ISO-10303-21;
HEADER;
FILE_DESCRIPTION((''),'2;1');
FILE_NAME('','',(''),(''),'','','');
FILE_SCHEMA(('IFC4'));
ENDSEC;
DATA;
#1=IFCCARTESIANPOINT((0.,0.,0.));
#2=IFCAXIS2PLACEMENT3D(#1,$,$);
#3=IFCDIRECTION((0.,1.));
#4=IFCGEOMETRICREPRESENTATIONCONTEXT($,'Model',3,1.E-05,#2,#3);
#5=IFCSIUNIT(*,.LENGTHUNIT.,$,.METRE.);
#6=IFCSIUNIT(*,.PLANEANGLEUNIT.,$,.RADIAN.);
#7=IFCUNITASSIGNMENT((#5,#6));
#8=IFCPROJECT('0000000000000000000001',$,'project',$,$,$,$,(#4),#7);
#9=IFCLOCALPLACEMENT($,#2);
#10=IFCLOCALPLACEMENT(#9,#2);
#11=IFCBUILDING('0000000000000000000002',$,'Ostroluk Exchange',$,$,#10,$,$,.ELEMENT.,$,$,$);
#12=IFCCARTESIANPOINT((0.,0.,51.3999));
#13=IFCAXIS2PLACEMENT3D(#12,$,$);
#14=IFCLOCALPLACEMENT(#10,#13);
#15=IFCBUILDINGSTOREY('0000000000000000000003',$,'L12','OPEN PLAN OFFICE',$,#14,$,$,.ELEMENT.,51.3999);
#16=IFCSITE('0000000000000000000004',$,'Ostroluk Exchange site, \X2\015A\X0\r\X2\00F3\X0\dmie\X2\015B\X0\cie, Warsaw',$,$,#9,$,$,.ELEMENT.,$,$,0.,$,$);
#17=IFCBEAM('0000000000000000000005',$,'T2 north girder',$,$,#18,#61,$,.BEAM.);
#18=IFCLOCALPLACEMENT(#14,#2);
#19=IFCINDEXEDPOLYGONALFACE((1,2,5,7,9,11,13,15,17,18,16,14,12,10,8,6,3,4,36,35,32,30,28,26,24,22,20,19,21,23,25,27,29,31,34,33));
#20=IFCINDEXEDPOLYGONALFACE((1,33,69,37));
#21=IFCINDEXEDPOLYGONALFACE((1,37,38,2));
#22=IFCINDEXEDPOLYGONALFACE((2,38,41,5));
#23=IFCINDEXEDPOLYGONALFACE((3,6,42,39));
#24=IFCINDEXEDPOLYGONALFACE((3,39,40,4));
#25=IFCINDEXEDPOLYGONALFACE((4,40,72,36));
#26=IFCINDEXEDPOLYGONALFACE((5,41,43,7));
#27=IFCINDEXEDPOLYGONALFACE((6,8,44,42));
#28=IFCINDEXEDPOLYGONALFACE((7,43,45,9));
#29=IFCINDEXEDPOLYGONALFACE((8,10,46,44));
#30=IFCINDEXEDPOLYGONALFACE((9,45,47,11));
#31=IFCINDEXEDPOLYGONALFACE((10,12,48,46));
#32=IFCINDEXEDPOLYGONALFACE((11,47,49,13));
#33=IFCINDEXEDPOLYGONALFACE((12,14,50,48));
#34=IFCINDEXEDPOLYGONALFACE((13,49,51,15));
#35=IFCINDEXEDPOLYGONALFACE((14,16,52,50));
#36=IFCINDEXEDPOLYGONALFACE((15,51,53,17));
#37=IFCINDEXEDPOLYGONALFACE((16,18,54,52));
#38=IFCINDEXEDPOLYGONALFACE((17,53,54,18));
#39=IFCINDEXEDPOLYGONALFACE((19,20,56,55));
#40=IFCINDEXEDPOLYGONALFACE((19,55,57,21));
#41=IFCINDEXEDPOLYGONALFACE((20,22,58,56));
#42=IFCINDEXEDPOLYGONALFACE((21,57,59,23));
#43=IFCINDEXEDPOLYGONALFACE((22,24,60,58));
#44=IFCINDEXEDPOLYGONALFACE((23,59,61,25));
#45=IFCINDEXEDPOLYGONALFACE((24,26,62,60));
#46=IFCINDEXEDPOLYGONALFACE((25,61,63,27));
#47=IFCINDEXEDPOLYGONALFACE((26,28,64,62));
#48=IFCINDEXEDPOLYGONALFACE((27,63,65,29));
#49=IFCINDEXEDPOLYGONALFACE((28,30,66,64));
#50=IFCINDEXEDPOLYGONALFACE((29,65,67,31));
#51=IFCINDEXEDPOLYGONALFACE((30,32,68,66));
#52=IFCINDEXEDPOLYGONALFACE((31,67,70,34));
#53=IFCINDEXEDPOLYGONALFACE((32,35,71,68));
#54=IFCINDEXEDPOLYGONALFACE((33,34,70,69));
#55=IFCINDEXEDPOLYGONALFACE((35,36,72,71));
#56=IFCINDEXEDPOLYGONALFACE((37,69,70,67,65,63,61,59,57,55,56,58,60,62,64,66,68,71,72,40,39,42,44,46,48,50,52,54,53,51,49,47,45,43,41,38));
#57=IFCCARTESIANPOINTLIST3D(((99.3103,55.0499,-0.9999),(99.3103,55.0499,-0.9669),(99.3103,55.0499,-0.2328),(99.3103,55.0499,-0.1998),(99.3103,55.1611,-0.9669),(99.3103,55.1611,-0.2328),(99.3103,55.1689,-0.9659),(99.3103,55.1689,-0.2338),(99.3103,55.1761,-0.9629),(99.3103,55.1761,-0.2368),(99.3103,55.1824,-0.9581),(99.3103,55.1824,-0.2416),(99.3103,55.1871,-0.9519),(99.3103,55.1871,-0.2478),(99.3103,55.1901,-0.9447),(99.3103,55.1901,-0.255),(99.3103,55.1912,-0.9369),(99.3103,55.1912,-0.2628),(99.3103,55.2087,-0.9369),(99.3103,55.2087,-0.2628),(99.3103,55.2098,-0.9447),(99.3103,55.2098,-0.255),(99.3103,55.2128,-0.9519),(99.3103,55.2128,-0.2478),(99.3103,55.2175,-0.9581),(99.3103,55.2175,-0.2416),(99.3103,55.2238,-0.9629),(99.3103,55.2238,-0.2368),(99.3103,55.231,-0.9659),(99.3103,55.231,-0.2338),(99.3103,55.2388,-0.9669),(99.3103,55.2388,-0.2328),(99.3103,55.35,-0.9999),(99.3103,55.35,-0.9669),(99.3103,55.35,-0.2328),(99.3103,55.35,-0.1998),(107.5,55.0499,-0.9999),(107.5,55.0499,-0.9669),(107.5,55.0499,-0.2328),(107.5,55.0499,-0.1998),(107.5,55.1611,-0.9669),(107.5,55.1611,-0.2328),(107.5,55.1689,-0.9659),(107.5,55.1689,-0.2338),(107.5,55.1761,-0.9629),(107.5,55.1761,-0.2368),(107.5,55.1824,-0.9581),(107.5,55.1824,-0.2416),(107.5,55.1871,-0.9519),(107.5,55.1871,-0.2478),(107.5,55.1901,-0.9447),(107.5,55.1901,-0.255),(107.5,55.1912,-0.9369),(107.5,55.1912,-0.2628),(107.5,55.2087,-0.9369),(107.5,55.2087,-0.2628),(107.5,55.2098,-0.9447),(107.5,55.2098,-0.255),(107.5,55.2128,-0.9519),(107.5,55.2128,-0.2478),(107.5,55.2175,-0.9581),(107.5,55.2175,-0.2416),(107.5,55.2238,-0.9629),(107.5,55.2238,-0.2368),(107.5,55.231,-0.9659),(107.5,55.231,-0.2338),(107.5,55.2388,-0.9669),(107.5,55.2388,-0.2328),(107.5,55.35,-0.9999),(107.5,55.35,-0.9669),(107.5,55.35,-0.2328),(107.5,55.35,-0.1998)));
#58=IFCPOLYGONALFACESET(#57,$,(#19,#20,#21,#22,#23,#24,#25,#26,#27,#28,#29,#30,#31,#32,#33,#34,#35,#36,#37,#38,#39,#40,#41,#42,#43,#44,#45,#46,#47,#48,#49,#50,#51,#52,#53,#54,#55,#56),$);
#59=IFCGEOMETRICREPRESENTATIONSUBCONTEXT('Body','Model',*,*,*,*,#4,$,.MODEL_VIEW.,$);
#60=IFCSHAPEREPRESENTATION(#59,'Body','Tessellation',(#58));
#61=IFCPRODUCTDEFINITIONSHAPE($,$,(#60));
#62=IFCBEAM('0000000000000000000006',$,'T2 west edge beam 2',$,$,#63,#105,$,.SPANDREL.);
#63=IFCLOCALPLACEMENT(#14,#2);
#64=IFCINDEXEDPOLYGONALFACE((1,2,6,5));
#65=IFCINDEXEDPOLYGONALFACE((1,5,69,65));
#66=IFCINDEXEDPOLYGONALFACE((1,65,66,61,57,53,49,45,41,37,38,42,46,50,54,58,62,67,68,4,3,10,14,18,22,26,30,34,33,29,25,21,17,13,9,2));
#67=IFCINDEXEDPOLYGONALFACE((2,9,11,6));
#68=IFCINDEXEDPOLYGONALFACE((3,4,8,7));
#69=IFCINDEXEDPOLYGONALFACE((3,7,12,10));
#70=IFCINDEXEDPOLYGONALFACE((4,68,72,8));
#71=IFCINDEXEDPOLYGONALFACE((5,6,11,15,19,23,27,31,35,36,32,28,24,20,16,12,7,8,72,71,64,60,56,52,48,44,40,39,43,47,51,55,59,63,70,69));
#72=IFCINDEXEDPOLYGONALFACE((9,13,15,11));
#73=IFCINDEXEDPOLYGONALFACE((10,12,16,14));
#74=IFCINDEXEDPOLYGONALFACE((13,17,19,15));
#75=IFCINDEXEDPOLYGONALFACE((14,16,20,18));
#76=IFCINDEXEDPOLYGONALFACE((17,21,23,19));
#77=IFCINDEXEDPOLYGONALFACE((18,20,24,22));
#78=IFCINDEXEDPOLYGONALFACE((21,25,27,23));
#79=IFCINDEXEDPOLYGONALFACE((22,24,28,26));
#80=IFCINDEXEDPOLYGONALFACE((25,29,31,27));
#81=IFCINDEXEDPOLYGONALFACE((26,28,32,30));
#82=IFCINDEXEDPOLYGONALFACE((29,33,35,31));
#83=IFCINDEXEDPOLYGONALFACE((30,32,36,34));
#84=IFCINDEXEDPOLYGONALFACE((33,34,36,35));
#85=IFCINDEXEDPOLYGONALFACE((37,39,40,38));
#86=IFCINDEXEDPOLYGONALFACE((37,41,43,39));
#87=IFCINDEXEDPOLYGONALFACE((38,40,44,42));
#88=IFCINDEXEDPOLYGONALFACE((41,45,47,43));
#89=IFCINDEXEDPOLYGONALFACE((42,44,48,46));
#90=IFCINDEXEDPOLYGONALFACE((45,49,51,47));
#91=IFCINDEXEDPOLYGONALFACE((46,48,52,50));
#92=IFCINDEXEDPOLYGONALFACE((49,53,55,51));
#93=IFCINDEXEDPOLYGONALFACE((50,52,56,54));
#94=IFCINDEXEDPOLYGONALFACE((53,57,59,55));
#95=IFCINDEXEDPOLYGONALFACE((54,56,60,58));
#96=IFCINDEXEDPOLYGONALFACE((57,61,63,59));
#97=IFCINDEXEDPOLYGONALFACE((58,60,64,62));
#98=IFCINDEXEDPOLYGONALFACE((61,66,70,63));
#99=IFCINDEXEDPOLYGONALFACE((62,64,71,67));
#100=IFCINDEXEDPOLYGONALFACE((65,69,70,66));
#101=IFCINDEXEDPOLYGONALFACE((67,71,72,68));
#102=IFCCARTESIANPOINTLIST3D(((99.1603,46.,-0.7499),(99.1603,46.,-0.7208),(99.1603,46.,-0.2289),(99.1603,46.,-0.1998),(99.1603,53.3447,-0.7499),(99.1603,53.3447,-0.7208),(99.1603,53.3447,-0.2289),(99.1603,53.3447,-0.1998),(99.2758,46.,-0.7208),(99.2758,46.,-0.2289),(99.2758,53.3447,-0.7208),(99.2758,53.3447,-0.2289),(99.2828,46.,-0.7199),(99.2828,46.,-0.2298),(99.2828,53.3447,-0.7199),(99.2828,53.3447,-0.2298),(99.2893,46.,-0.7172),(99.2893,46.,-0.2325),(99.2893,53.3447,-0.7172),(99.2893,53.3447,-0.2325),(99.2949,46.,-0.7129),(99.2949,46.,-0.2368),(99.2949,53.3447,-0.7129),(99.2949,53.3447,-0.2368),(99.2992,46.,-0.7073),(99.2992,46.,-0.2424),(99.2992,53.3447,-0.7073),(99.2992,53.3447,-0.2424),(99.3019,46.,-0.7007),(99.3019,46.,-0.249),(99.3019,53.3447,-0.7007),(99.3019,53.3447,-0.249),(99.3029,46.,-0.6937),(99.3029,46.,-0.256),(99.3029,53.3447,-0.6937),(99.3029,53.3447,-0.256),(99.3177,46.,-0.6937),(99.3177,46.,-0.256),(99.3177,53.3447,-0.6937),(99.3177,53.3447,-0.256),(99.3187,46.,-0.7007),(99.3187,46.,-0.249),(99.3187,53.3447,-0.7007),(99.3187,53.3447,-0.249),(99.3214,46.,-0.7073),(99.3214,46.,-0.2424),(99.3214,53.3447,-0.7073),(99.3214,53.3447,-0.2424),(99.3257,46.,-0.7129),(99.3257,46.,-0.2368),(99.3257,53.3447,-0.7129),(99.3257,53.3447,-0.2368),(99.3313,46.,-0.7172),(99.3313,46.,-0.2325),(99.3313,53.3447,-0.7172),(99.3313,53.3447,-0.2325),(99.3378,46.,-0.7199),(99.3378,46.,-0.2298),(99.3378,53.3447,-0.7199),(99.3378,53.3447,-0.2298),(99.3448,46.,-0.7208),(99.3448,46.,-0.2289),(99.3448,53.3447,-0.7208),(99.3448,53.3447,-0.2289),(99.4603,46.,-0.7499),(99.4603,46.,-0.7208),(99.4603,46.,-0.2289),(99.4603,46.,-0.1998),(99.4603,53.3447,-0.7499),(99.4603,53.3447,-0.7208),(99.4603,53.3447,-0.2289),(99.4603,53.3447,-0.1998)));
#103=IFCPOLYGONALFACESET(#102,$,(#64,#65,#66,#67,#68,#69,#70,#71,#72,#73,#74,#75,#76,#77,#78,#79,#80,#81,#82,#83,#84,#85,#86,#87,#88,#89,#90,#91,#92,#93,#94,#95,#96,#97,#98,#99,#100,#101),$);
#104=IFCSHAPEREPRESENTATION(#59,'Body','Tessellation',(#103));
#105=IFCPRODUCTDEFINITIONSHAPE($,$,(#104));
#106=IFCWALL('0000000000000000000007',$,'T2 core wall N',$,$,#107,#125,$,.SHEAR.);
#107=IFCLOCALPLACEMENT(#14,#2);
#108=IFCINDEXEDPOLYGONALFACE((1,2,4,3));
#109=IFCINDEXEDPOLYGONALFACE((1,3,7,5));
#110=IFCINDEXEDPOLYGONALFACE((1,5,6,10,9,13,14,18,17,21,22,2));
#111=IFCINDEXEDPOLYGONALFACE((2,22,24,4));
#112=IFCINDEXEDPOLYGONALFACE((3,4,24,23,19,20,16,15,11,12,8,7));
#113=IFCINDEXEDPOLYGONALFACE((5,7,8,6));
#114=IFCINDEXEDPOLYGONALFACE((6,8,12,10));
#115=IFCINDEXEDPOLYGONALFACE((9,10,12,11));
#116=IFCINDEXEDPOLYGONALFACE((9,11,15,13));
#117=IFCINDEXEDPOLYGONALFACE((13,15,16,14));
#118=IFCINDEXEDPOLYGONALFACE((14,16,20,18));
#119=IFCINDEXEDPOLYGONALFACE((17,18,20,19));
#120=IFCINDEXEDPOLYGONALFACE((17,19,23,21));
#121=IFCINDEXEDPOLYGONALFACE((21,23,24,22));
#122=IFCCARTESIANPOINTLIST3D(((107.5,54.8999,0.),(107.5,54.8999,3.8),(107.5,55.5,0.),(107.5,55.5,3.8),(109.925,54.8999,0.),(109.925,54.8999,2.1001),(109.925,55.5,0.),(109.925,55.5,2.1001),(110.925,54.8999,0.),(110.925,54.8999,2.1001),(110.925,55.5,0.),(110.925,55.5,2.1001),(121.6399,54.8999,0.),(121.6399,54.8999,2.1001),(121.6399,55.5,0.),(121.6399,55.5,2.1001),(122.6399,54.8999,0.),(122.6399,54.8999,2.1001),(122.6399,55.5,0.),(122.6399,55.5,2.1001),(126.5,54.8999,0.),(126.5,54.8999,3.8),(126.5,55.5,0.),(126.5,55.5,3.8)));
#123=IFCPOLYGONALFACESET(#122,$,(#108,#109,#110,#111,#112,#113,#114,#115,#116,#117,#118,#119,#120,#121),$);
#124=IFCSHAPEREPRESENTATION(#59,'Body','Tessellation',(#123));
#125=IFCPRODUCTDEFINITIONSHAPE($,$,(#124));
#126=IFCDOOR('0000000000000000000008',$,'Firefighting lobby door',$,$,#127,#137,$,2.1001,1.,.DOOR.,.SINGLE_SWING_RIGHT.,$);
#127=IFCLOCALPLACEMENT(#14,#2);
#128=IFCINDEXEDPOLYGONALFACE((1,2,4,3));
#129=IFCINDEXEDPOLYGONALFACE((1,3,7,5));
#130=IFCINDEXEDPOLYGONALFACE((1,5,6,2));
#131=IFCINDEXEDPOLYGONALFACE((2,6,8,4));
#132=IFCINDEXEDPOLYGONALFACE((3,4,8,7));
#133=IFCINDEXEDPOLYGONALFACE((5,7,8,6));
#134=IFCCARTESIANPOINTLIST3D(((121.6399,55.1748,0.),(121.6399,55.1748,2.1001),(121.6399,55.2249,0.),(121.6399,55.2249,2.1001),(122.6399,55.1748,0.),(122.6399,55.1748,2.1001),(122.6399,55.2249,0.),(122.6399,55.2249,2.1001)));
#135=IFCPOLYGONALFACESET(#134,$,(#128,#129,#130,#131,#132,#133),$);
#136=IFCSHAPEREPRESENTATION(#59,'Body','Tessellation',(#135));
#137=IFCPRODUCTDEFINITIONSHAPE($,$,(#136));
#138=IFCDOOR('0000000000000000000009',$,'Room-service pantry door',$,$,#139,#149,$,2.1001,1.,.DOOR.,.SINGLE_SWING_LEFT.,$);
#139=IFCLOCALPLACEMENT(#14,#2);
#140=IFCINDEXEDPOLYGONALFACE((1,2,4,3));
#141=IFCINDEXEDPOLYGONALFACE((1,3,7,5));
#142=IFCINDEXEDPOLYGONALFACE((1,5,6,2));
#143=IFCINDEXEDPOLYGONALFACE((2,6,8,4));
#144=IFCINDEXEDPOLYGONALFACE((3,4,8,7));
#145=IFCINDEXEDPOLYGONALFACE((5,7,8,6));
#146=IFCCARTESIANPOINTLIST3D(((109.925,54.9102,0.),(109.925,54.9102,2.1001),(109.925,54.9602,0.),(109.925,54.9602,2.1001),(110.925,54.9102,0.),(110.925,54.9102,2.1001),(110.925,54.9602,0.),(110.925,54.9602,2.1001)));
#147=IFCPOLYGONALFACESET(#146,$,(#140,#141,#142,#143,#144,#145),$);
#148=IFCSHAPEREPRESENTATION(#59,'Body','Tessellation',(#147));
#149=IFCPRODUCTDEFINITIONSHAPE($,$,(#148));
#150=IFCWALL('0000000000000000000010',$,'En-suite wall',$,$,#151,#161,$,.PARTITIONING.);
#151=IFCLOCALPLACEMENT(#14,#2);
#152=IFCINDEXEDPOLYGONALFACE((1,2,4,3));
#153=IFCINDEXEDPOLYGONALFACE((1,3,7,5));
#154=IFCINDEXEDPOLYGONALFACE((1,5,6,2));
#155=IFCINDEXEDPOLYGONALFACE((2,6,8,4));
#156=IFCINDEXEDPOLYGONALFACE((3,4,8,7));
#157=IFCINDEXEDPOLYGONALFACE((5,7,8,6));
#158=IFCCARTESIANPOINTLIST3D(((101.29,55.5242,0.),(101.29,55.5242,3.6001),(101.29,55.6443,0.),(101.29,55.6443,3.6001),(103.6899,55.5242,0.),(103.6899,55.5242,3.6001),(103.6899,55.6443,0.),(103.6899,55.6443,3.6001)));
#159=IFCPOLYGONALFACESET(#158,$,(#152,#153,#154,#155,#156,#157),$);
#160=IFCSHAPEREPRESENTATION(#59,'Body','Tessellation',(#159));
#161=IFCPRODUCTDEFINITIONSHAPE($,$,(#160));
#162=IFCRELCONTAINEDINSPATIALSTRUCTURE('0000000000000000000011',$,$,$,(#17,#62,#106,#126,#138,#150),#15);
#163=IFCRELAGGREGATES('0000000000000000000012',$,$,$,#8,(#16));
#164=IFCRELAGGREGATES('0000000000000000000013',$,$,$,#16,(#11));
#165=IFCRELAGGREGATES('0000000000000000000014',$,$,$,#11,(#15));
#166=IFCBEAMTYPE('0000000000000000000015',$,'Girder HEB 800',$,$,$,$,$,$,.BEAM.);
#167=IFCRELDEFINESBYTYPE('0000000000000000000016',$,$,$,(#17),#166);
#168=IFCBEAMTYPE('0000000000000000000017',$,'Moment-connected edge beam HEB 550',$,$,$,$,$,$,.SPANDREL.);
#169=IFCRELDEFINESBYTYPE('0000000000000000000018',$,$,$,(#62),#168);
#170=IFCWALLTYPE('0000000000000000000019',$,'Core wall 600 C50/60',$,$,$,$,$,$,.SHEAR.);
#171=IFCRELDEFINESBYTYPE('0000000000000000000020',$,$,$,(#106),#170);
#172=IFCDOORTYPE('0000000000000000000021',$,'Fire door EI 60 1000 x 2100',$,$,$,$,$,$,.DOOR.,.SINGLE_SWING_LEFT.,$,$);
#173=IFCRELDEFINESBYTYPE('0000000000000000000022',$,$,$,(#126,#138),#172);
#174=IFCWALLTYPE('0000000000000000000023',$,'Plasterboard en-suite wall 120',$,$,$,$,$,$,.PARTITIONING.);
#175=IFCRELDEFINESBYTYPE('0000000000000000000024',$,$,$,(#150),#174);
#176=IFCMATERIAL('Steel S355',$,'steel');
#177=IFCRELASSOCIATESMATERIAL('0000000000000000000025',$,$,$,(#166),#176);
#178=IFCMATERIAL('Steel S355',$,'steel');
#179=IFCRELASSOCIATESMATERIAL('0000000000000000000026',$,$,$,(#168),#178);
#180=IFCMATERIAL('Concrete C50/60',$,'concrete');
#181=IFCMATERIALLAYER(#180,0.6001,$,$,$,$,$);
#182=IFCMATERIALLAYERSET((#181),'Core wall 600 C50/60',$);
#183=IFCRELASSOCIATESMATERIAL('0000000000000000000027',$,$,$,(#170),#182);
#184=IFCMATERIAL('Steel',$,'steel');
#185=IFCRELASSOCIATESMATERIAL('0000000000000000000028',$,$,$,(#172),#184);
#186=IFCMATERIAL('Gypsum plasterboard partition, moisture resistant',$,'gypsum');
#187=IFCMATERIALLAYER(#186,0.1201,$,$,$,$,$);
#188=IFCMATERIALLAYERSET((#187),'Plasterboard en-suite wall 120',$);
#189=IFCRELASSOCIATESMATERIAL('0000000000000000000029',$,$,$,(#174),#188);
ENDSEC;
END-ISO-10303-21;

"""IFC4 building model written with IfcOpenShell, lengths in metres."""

from ifc_helpers import new_model, si_unit, direction, frame, frame_2d, origin, origin_2d, place, context, subcontext, project, spatial, rectangle, i_section, extrude, material, layer, layer_set, material_profile, profile_set, type_object, element, fill, save


model = new_model("IFC4")

# Units and contexts
model_context = context("Model", 3, precision=1e-05, world=origin(), true_north=direction((0.0, 1.0)))
body_context = subcontext(model_context, "Body", "Model", "MODEL_VIEW")
ifc_project = project(units=[si_unit("LENGTHUNIT", "METRE"), si_unit("PLANEANGLEUNIT", "RADIAN")], contexts=[model_context])

# Site, building, storey
site_placement = place(None, origin())
site = spatial("IfcSite", under=ifc_project, at=site_placement, Name="Ostroluk Exchange site, Śródmieście, Warsaw", CompositionType="ELEMENT", RefElevation=0.0)
building_placement = place(site_placement, origin())
building = spatial("IfcBuilding", under=site, at=building_placement, Name="Ostroluk Exchange", CompositionType="ELEMENT")
storey_placement = place(building_placement, frame((0.0, 0.0, 51.3999)))
storey = spatial("IfcBuildingStorey", under=building, at=storey_placement, Name="L12", Description="OPEN PLAN OFFICE", CompositionType="ELEMENT", Elevation=51.3999)

# Beams
ifc_material_1 = material(Name="Steel S355", Category="steel")
ifc_material_profile_1 = material_profile(ifc_material_1, i_section(OverallWidth=0.3, OverallDepth=0.8, WebThickness=0.0176, FlangeThickness=0.033, FilletRadius=0.03, at=origin_2d()), Name="HEB 800")
ifc_profile_set_1 = profile_set([ifc_material_profile_1], Name="Steel S355")
beam_type_1 = type_object("IfcBeamType", Name="Girder HEB 800", PredefinedType="BEAM", material=ifc_profile_set_1)
beam_1_placement = place(storey_placement, frame((107.5, 55.2, -0.5999), z_axis=(-1.0, 0.0, 0.0), x_axis=(0.0, -1.0, 0.0)))
element("IfcBeam", 1, at=beam_1_placement, inside=storey, type_object=beam_type_1, Name="T2 north girder", PredefinedType="BEAM", context=body_context, shape_type="SweptSolid", body=[
    extrude(i_section(OverallWidth=0.3, OverallDepth=0.8, WebThickness=0.0176, FlangeThickness=0.033, FilletRadius=0.03, at=origin_2d()), origin(), (0.0, 0.0, 1.0), 8.1897),
])
ifc_material_2 = material(Name="Steel S355", Category="steel")
ifc_material_profile_2 = material_profile(ifc_material_2, i_section(OverallWidth=0.3, OverallDepth=0.55, WebThickness=0.0149, FlangeThickness=0.0291, FilletRadius=0.0271, at=origin_2d()), Name="HEB 550")
ifc_profile_set_2 = profile_set([ifc_material_profile_2], Name="Steel S355")
beam_type_2 = type_object("IfcBeamType", Name="Moment-connected edge beam HEB 550", PredefinedType="SPANDREL", material=ifc_profile_set_2)
beam_2_placement = place(storey_placement, frame((99.3103, 53.3447, -0.4749), z_axis=(0.0, -1.0, 0.0), x_axis=(1.0, 0.0, 0.0)))
element("IfcBeam", 2, at=beam_2_placement, inside=storey, type_object=beam_type_2, Name="T2 west edge beam 2", PredefinedType="SPANDREL", context=body_context, shape_type="SweptSolid", body=[
    extrude(i_section(OverallWidth=0.3, OverallDepth=0.55, WebThickness=0.0149, FlangeThickness=0.0291, FilletRadius=0.0271, at=origin_2d()), origin(), (0.0, 0.0, 1.0), 7.3447),
])

# Wall, openings, doors
ifc_material_3 = material(Name="Concrete C50/60", Category="concrete")
ifc_layer_1 = layer(ifc_material_3, 0.6001)
ifc_layer_set_1 = layer_set([ifc_layer_1], Name="Core wall 600 C50/60")
wall_type_1 = type_object("IfcWallType", Name="Core wall 600 C50/60", PredefinedType="SHEAR", material=ifc_layer_set_1)
wall_1_placement = place(storey_placement, frame((107.5, 55.2, 0.0), z_axis=(0.0, 0.0, 1.0), x_axis=(1.0, 0.0, 0.0)))
wall_1 = element("IfcWall", 3, at=wall_1_placement, inside=storey, type_object=wall_type_1, Name="T2 core wall N", PredefinedType="SHEAR", context=body_context, shape_type="SweptSolid", body=[
    extrude(rectangle(XDim=19.0, YDim=0.6001, at=frame_2d((9.5, 0.0))), origin(), (0.0, 0.0, 1.0), 3.8),
])
opening_1_placement = place(wall_1_placement, frame((14.1399, 0.0, 0.0)))
opening_1 = element("IfcOpeningElement", 4, at=opening_1_placement, cuts=wall_1, PredefinedType="OPENING", context=body_context, shape_type="SweptSolid", body=[
    extrude(rectangle(XDim=1.0, YDim=2.1001, at=frame_2d((0.5, 1.05))), frame((0.0, 0.3101, 0.0), z_axis=(0.0, -1.0, 0.0), x_axis=(1.0, 0.0, 0.0)), (0.0, 0.0, 1.0), 0.6201),
])
opening_2_placement = place(wall_1_placement, frame((2.425, 0.0, 0.0)))
opening_2 = element("IfcOpeningElement", 5, at=opening_2_placement, cuts=wall_1, PredefinedType="OPENING", context=body_context, shape_type="SweptSolid", body=[
    extrude(rectangle(XDim=1.0, YDim=2.1001, at=frame_2d((0.5, 1.05))), frame((0.0, 0.3101, 0.0), z_axis=(0.0, -1.0, 0.0), x_axis=(1.0, 0.0, 0.0)), (0.0, 0.0, 1.0), 0.6201),
])
ifc_material_4 = material(Name="Steel", Category="steel")
door_type_1 = type_object("IfcDoorType", Name="Fire door EI 60 1000 x 2100", OperationType="SINGLE_SWING_LEFT", PredefinedType="DOOR", material=ifc_material_4)
door_1_placement = place(opening_1_placement, origin())
door_1 = element("IfcDoor", 6, at=door_1_placement, inside=storey, type_object=door_type_1, Name="Firefighting lobby door", OperationType="SINGLE_SWING_RIGHT", OverallHeight=2.1001, OverallWidth=1.0, PredefinedType="DOOR", context=body_context, shape_type="SweptSolid", body=[
    extrude(rectangle(XDim=1.0, YDim=2.1001, at=frame_2d((0.5, 1.05))), frame((0.0, 0.0249, 0.0), z_axis=(0.0, -1.0, 0.0), x_axis=(1.0, 0.0, 0.0)), (0.0, 0.0, 1.0), 0.05),
])
fill(opening_1, door_1)
door_2_placement = place(opening_2_placement, origin())
door_2 = element("IfcDoor", 7, at=door_2_placement, inside=storey, type_object=door_type_1, Name="Room-service pantry door", OperationType="SINGLE_SWING_LEFT", OverallHeight=2.1001, OverallWidth=1.0, PredefinedType="DOOR", context=body_context, shape_type="SweptSolid", body=[
    extrude(rectangle(XDim=1.0, YDim=2.1001, at=frame_2d((0.5, 1.05))), frame((0.0, -0.2397, 0.0), z_axis=(0.0, -1.0, 0.0), x_axis=(1.0, 0.0, 0.0)), (0.0, 0.0, 1.0), 0.05),
])
fill(opening_2, door_2)

# Wall
ifc_material_5 = material(Name="Gypsum plasterboard partition, moisture resistant", Category="gypsum")
ifc_layer_2 = layer(ifc_material_5, 0.1201)
ifc_layer_set_2 = layer_set([ifc_layer_2], Name="Plasterboard en-suite wall 120")
wall_type_2 = type_object("IfcWallType", Name="Plasterboard en-suite wall 120", PredefinedType="PARTITIONING", material=ifc_layer_set_2)
wall_2_placement = place(storey_placement, frame((103.6899, 55.5842, 0.0), z_axis=(0.0, 0.0, 1.0), x_axis=(-1.0, 0.0, 0.0)))
element("IfcWall", 8, at=wall_2_placement, inside=storey, type_object=wall_type_2, Name="En-suite wall", PredefinedType="PARTITIONING", context=body_context, shape_type="SweptSolid", body=[
    extrude(rectangle(XDim=2.3999, YDim=0.1201, at=frame_2d((1.2, 0.0))), origin(), (0.0, 0.0, 1.0), 3.6001),
])

save(model, "model.ifc")
